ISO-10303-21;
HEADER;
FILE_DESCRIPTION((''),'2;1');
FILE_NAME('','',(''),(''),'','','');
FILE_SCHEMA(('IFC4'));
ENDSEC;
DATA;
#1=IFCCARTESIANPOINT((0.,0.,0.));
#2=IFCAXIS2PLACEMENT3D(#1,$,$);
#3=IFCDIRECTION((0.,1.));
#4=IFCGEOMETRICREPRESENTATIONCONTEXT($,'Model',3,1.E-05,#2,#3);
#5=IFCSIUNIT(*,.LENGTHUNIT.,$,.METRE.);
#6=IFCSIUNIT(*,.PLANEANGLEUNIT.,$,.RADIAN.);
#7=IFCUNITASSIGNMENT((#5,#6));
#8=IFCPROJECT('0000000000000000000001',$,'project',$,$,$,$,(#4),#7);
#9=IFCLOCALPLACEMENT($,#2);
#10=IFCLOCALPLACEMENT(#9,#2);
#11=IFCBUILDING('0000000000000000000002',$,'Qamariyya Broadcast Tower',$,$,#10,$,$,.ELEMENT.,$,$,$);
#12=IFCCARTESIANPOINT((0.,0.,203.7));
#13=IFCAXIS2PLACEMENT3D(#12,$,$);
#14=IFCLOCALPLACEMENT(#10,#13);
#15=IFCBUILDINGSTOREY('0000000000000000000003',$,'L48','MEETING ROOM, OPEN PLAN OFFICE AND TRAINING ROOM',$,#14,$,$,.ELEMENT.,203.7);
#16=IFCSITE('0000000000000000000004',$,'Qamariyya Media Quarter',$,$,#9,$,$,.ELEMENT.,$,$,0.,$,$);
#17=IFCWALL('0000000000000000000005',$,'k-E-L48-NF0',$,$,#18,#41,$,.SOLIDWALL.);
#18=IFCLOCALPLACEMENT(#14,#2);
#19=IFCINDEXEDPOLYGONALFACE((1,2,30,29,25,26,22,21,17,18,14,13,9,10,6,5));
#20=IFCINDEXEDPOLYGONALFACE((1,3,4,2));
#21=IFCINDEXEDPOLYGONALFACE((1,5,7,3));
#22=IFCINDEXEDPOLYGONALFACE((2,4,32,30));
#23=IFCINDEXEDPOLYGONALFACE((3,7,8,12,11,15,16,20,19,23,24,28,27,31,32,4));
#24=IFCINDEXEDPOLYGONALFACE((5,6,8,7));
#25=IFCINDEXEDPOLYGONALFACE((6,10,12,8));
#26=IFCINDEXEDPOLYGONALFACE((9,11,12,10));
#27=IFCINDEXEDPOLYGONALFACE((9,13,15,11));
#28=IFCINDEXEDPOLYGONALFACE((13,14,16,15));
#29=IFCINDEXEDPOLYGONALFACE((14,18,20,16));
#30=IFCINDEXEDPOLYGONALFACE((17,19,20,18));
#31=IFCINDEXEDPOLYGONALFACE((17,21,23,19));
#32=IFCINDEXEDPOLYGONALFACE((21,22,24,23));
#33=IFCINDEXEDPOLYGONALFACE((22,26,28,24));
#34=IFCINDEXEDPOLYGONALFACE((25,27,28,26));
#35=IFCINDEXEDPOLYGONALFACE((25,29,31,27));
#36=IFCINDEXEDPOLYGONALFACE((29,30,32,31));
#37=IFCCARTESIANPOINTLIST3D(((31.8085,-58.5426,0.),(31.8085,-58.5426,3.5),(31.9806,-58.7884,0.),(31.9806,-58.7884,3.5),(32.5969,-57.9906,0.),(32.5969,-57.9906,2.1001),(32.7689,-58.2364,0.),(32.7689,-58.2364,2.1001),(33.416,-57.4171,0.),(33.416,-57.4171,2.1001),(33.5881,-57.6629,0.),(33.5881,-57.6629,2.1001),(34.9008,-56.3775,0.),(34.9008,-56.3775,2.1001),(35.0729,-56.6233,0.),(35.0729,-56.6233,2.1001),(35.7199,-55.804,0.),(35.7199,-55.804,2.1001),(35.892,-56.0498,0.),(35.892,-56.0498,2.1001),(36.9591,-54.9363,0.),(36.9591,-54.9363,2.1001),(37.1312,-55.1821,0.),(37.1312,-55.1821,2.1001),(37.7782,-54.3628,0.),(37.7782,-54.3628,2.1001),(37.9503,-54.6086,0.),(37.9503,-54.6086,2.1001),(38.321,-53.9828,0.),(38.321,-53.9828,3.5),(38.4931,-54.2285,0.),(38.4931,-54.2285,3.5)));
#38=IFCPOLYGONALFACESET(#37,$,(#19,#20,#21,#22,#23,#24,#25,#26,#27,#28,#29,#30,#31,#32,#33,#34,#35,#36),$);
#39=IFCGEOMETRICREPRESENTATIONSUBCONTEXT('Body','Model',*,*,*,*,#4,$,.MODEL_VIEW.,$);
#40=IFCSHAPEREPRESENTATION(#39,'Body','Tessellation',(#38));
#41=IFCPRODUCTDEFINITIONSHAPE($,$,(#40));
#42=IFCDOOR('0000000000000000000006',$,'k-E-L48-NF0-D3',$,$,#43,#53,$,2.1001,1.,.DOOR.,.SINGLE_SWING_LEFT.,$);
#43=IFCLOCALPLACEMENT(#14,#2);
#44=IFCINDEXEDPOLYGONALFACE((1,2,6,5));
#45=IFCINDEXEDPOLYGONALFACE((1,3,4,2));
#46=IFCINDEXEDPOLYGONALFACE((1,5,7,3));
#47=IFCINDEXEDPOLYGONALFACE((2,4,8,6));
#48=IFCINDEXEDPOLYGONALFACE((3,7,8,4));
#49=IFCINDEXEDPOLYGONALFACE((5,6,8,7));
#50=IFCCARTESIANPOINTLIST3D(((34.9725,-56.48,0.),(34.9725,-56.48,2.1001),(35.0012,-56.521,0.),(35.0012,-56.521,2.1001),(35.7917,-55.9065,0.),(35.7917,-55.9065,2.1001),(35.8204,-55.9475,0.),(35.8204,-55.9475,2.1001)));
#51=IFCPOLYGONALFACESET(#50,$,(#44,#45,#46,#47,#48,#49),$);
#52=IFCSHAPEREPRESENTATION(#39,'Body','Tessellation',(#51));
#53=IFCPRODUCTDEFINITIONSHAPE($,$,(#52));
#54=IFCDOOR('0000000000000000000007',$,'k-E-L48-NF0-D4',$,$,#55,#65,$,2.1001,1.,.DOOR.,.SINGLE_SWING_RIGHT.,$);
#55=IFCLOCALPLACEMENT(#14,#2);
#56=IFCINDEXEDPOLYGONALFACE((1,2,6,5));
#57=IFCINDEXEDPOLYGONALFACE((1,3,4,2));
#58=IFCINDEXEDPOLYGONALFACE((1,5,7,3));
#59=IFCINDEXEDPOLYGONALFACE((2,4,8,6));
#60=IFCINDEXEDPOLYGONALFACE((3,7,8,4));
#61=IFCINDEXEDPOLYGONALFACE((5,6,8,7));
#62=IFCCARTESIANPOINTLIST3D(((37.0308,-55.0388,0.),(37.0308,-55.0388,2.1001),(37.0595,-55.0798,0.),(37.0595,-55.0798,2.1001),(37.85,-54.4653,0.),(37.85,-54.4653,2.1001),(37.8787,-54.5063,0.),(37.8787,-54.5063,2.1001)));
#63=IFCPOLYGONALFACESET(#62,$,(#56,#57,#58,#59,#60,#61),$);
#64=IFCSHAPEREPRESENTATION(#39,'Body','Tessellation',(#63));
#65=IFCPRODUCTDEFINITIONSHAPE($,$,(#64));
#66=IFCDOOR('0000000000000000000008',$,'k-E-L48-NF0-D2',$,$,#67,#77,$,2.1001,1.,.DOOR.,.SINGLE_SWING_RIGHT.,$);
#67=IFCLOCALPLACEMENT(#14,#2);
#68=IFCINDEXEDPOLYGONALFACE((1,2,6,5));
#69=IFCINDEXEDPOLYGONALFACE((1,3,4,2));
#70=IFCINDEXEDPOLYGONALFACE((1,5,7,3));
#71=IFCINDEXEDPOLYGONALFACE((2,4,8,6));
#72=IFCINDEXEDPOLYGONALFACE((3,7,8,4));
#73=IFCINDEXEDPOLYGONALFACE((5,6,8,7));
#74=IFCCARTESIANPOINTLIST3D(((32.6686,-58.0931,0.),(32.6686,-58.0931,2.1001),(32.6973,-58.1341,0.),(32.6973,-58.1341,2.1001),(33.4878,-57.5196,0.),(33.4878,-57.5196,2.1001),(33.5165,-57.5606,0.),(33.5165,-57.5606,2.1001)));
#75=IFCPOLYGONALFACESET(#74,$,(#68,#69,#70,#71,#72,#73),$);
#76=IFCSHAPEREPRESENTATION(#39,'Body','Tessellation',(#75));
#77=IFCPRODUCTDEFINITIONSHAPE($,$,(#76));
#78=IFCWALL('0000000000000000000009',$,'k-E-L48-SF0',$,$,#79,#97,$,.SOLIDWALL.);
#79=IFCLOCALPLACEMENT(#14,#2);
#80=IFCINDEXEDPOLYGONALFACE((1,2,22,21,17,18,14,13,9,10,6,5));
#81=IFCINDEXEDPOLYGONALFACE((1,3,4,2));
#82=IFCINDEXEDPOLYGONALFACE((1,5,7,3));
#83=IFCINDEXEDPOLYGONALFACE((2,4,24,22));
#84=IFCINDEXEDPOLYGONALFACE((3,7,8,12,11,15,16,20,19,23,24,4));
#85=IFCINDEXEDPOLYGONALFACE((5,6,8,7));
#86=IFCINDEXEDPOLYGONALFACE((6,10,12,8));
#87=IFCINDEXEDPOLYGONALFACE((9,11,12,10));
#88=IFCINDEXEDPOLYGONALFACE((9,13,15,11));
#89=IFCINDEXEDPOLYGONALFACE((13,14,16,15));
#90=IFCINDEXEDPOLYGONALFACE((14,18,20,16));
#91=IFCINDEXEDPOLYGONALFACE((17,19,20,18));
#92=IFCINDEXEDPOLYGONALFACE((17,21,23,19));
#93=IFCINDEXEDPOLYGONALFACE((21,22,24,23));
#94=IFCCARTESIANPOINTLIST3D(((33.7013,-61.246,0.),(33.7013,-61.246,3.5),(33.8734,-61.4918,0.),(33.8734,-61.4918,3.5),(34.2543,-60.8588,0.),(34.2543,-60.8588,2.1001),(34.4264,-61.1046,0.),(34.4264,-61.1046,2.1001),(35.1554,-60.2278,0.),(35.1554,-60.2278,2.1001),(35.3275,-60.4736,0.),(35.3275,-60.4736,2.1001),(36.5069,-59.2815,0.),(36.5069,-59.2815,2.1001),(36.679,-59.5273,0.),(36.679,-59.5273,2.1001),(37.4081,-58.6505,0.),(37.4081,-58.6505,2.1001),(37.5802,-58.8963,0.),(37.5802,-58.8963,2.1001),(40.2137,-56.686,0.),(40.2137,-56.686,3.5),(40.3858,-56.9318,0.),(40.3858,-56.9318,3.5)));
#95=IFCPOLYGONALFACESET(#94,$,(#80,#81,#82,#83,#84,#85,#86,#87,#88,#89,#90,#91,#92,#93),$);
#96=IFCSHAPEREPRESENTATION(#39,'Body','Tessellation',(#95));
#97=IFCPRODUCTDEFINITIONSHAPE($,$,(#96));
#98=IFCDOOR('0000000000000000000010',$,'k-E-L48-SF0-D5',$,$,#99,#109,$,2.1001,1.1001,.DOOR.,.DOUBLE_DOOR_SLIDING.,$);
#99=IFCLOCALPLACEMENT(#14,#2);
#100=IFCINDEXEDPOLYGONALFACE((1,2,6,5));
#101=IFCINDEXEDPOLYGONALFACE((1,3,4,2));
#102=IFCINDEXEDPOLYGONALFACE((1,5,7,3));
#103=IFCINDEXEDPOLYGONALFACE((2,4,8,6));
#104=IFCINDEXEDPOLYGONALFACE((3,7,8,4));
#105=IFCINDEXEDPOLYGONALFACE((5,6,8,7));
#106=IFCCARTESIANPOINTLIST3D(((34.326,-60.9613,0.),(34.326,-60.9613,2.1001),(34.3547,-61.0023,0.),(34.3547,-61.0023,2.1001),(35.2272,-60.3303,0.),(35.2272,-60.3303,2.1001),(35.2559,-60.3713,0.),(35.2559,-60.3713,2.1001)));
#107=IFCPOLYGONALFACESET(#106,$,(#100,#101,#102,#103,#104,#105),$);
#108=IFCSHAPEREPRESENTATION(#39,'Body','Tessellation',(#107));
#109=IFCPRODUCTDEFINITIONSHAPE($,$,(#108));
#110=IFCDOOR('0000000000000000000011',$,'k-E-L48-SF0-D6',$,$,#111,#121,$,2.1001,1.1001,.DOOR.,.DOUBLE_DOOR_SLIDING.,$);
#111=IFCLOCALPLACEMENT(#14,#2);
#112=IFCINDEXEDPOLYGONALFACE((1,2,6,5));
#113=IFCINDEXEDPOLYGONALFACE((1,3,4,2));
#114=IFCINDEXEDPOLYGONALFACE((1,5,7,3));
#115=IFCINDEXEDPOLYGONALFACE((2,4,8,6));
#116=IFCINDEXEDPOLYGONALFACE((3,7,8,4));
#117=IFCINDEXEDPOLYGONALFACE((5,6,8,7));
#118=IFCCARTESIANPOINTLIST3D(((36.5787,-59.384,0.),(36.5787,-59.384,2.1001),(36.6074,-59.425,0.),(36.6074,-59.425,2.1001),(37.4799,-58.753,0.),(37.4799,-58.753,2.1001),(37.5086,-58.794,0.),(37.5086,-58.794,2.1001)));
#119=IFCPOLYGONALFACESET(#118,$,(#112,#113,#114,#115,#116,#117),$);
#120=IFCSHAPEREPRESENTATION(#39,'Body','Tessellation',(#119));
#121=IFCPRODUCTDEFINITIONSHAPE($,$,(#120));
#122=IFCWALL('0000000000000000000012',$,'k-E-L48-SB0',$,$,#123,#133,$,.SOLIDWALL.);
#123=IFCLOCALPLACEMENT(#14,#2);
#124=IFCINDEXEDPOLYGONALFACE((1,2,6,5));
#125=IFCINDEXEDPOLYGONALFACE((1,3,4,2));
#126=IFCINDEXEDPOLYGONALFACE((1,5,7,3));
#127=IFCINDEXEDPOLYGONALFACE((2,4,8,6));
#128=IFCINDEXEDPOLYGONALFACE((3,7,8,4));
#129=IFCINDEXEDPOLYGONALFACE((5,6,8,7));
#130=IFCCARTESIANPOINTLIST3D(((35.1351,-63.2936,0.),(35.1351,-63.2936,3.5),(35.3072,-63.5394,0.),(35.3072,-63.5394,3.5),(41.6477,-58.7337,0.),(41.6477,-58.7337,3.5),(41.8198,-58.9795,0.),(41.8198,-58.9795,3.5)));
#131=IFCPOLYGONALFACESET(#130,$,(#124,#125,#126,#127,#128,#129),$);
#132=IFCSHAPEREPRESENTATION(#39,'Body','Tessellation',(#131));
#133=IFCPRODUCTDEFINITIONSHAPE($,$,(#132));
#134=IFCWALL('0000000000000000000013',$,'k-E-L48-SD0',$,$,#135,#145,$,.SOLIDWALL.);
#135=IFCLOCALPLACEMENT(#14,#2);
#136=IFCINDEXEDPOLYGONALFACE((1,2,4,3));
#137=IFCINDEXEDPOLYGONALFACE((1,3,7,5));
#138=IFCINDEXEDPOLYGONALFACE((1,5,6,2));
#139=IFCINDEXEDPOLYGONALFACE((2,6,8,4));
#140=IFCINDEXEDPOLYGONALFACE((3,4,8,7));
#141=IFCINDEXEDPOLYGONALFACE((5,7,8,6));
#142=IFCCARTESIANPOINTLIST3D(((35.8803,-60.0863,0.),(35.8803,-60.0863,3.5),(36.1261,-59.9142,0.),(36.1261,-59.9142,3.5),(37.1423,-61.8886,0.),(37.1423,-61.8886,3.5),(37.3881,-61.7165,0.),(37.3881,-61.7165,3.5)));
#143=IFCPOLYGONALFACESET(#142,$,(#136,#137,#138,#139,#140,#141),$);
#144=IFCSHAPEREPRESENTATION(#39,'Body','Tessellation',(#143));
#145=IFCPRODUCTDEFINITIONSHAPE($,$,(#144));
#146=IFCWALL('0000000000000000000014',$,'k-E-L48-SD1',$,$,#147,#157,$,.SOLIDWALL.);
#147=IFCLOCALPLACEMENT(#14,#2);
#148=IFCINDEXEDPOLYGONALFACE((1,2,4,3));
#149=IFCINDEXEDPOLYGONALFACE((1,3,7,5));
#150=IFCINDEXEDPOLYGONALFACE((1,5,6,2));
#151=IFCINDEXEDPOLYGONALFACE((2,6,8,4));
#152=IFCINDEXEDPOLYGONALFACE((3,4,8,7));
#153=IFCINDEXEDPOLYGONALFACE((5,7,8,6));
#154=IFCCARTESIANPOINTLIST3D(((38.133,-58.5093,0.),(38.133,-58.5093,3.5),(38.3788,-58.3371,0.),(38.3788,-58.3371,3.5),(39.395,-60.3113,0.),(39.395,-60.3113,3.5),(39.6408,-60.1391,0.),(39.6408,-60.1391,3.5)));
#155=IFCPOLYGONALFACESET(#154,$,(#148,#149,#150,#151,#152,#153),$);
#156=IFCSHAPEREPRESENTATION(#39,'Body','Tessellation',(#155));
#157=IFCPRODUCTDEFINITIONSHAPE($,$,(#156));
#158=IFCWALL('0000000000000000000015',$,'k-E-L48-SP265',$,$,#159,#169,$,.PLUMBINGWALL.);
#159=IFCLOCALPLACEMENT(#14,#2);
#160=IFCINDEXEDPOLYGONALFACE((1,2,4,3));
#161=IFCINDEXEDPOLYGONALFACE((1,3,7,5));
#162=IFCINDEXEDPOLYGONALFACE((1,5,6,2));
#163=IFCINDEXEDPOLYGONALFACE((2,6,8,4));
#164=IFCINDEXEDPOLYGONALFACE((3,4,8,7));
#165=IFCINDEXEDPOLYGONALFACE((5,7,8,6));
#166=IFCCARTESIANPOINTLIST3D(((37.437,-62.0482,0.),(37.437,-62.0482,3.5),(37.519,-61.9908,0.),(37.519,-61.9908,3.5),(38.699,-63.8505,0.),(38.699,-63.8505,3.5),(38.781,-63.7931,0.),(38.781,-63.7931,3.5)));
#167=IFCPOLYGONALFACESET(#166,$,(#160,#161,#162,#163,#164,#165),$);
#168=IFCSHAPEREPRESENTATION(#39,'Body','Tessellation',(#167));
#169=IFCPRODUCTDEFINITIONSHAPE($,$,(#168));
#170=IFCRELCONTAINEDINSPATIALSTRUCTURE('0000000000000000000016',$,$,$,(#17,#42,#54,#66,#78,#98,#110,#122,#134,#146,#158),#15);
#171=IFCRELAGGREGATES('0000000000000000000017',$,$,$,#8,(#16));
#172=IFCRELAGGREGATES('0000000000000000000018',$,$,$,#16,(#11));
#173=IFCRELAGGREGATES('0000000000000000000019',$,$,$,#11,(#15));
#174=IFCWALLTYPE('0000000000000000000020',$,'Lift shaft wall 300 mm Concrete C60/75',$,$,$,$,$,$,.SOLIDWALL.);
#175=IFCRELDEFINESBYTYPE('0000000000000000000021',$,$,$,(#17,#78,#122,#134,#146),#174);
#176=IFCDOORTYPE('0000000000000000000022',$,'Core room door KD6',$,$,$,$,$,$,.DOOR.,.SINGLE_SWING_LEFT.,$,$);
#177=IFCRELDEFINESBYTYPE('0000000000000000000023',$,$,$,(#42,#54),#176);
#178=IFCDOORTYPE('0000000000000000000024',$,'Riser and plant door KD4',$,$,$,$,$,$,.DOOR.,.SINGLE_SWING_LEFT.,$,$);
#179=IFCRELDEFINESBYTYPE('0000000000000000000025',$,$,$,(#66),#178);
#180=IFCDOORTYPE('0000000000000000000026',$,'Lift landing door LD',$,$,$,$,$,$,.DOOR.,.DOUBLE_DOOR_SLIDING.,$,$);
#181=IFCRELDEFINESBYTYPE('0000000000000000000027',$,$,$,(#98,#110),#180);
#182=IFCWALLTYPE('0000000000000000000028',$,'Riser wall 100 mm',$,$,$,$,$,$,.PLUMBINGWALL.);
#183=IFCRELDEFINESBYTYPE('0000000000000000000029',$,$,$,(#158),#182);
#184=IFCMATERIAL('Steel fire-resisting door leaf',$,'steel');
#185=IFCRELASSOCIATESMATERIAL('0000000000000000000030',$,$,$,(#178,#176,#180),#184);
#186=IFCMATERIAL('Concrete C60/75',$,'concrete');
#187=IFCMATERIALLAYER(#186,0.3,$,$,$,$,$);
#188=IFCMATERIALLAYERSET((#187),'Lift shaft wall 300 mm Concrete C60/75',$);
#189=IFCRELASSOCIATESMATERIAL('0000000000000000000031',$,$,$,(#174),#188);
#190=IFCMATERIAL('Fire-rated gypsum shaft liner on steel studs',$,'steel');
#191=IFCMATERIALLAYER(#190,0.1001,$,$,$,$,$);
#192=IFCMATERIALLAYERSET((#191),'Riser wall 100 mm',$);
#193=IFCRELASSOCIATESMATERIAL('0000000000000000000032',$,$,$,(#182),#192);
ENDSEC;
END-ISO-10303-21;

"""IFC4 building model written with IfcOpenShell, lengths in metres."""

from ifc_helpers import new_model, si_unit, direction, frame, frame_2d, origin, place, context, subcontext, project, spatial, rectangle, extrude, material, layer, layer_set, type_object, element, fill, save


model = new_model("IFC4")

# Units and contexts
model_context = context("Model", 3, precision=1e-05, world=origin(), true_north=direction((0.0, 1.0)))
body_context = subcontext(model_context, "Body", "Model", "MODEL_VIEW")
ifc_project = project(units=[si_unit("LENGTHUNIT", "METRE"), si_unit("PLANEANGLEUNIT", "RADIAN")], contexts=[model_context])

# Site, building, storey
site_placement = place(None, origin())
site = spatial("IfcSite", under=ifc_project, at=site_placement, Name="Qamariyya Media Quarter", CompositionType="ELEMENT", RefElevation=0.0)
building_placement = place(site_placement, origin())
building = spatial("IfcBuilding", under=site, at=building_placement, Name="Qamariyya Broadcast Tower", CompositionType="ELEMENT")
storey_placement = place(building_placement, frame((0.0, 0.0, 203.7)))
storey = spatial("IfcBuildingStorey", under=building, at=storey_placement, Name="L48", Description="MEETING ROOM, OPEN PLAN OFFICE AND TRAINING ROOM", CompositionType="ELEMENT", Elevation=203.7)

# Shared definitions
ifc_material_1 = material(Name="Concrete C60/75", Category="concrete")

# Shared definitions
ifc_material_2 = material(Name="Steel fire-resisting door leaf", Category="steel")

# Shared definitions
door_type_1 = type_object("IfcDoorType", Name="Riser and plant door KD4", OperationType="SINGLE_SWING_LEFT", PredefinedType="DOOR", material=ifc_material_2)

# Walls, openings, doors
ifc_layer_1 = layer(ifc_material_1, 0.3)
ifc_layer_set_1 = layer_set([ifc_layer_1], Name="Lift shaft wall 300 mm Concrete C60/75")
wall_type_1 = type_object("IfcWallType", Name="Lift shaft wall 300 mm Concrete C60/75", PredefinedType="SOLIDWALL", material=ifc_layer_set_1)
wall_1_placement = place(storey_placement, frame((31.8945, -58.6655, 0.0), z_axis=(0.0, 0.0, 1.0), x_axis=(0.819167, 0.573555, 0.0)))
wall_1 = element("IfcWall", 1, at=wall_1_placement, inside=storey, type_object=wall_type_1, Name="k-E-L48-NF0", PredefinedType="SOLIDWALL", context=body_context, shape_type="SweptSolid", body=[
    extrude(rectangle(XDim=7.9502, YDim=0.3, at=frame_2d((3.9751, 0.0))), origin(), (0.0, 0.0, 1.0), 3.5),
])
opening_1_placement = place(wall_1_placement, frame((0.9624, 0.0, 0.0)))
opening_1 = element("IfcOpeningElement", 2, at=opening_1_placement, cuts=wall_1, PredefinedType="OPENING", context=body_context, shape_type="SweptSolid", body=[
    extrude(rectangle(XDim=1.0, YDim=2.1001, at=frame_2d((0.5, 1.05))), frame((0.0, 0.1599, 0.0), z_axis=(0.0, -1.0, 0.0), x_axis=(1.0, 0.0, 0.0)), (0.0, 0.0, 1.0), 0.3201),
])
opening_2_placement = place(wall_1_placement, frame((3.7749, 0.0, 0.0)))
opening_2 = element("IfcOpeningElement", 3, at=opening_2_placement, cuts=wall_1, PredefinedType="OPENING", context=body_context, shape_type="SweptSolid", body=[
    extrude(rectangle(XDim=1.0, YDim=2.1001, at=frame_2d((0.5, 1.05))), frame((0.0, 0.1599, 0.0), z_axis=(0.0, -1.0, 0.0), x_axis=(1.0, 0.0, 0.0)), (0.0, 0.0, 1.0), 0.3201),
])
opening_3_placement = place(wall_1_placement, frame((6.2876, 0.0, 0.0)))
opening_3 = element("IfcOpeningElement", 4, at=opening_3_placement, cuts=wall_1, PredefinedType="OPENING", context=body_context, shape_type="SweptSolid", body=[
    extrude(rectangle(XDim=1.0, YDim=2.1001, at=frame_2d((0.5, 1.05))), frame((0.0, 0.1599, 0.0), z_axis=(0.0, -1.0, 0.0), x_axis=(1.0, 0.0, 0.0)), (0.0, 0.0, 1.0), 0.3201),
])
door_type_2 = type_object("IfcDoorType", Name="Core room door KD6", OperationType="SINGLE_SWING_LEFT", PredefinedType="DOOR", material=ifc_material_2)
door_1_placement = place(opening_2_placement, origin())
door_1 = element("IfcDoor", 5, at=door_1_placement, inside=storey, type_object=door_type_2, Name="k-E-L48-NF0-D3", OperationType="SINGLE_SWING_LEFT", OverallHeight=2.1001, OverallWidth=1.0, PredefinedType="DOOR", context=body_context, shape_type="SweptSolid", body=[
    extrude(rectangle(XDim=1.0, YDim=2.1001, at=frame_2d((0.5, 1.05))), frame((0.0, 0.0249, 0.0), z_axis=(0.0, -1.0, 0.0), x_axis=(1.0, 0.0, 0.0)), (0.0, 0.0, 1.0), 0.05),
])
fill(opening_2, door_1)
door_2_placement = place(opening_3_placement, origin())
door_2 = element("IfcDoor", 6, at=door_2_placement, inside=storey, type_object=door_type_2, Name="k-E-L48-NF0-D4", OperationType="SINGLE_SWING_RIGHT", OverallHeight=2.1001, OverallWidth=1.0, PredefinedType="DOOR", context=body_context, shape_type="SweptSolid", body=[
    extrude(rectangle(XDim=1.0, YDim=2.1001, at=frame_2d((0.5, 1.05))), frame((0.0, 0.0249, 0.0), z_axis=(0.0, -1.0, 0.0), x_axis=(1.0, 0.0, 0.0)), (0.0, 0.0, 1.0), 0.05),
])
fill(opening_3, door_2)
door_3_placement = place(opening_1_placement, origin())
door_3 = element("IfcDoor", 7, at=door_3_placement, inside=storey, type_object=door_type_1, Name="k-E-L48-NF0-D2", OperationType="SINGLE_SWING_RIGHT", OverallHeight=2.1001, OverallWidth=1.0, PredefinedType="DOOR", context=body_context, shape_type="SweptSolid", body=[
    extrude(rectangle(XDim=1.0, YDim=2.1001, at=frame_2d((0.5, 1.05))), frame((0.0, 0.0249, 0.0), z_axis=(0.0, -1.0, 0.0), x_axis=(1.0, 0.0, 0.0)), (0.0, 0.0, 1.0), 0.05),
])
fill(opening_1, door_3)
wall_2_placement = place(storey_placement, frame((33.7874, -61.3689, 0.0), z_axis=(0.0, 0.0, 1.0), x_axis=(0.819153, 0.573576, 0.0)))
wall_2 = element("IfcWall", 8, at=wall_2_placement, inside=storey, type_object=wall_type_1, Name="k-E-L48-SF0", PredefinedType="SOLIDWALL", context=body_context, shape_type="SweptSolid", body=[
    extrude(rectangle(XDim=7.9502, YDim=0.3, at=frame_2d((3.9751, 0.0))), origin(), (0.0, 0.0, 1.0), 3.5),
])
opening_4_placement = place(wall_2_placement, frame((0.675, 0.0, 0.0)))
opening_4 = element("IfcOpeningElement", 9, at=opening_4_placement, cuts=wall_2, PredefinedType="OPENING", context=body_context, shape_type="SweptSolid", body=[
    extrude(rectangle(XDim=1.1001, YDim=2.1001, at=frame_2d((0.55, 1.05))), frame((0.0, 0.1599, 0.0), z_axis=(0.0, -1.0, 0.0), x_axis=(1.0, 0.0, 0.0)), (0.0, 0.0, 1.0), 0.3201),
])
opening_5_placement = place(wall_2_placement, frame((3.425, 0.0, 0.0)))
opening_5 = element("IfcOpeningElement", 10, at=opening_5_placement, cuts=wall_2, PredefinedType="OPENING", context=body_context, shape_type="SweptSolid", body=[
    extrude(rectangle(XDim=1.1001, YDim=2.1001, at=frame_2d((0.55, 1.05))), frame((0.0, 0.1599, 0.0), z_axis=(0.0, -1.0, 0.0), x_axis=(1.0, 0.0, 0.0)), (0.0, 0.0, 1.0), 0.3201),
])
door_type_3 = type_object("IfcDoorType", Name="Lift landing door LD", OperationType="DOUBLE_DOOR_SLIDING", PredefinedType="DOOR", material=ifc_material_2)
door_4_placement = place(opening_4_placement, origin())
door_4 = element("IfcDoor", 11, at=door_4_placement, inside=storey, type_object=door_type_3, Name="k-E-L48-SF0-D5", OperationType="DOUBLE_DOOR_SLIDING", OverallHeight=2.1001, OverallWidth=1.1001, PredefinedType="DOOR", context=body_context, shape_type="SweptSolid", body=[
    extrude(rectangle(XDim=1.1001, YDim=2.1001, at=frame_2d((0.55, 1.05))), frame((0.0, 0.0249, 0.0), z_axis=(0.0, -1.0, 0.0), x_axis=(1.0, 0.0, 0.0)), (0.0, 0.0, 1.0), 0.05),
])
fill(opening_4, door_4)
door_5_placement = place(opening_5_placement, origin())
door_5 = element("IfcDoor", 12, at=door_5_placement, inside=storey, type_object=door_type_3, Name="k-E-L48-SF0-D6", OperationType="DOUBLE_DOOR_SLIDING", OverallHeight=2.1001, OverallWidth=1.1001, PredefinedType="DOOR", context=body_context, shape_type="SweptSolid", body=[
    extrude(rectangle(XDim=1.1001, YDim=2.1001, at=frame_2d((0.55, 1.05))), frame((0.0, 0.0249, 0.0), z_axis=(0.0, -1.0, 0.0), x_axis=(1.0, 0.0, 0.0)), (0.0, 0.0, 1.0), 0.05),
])
fill(opening_5, door_5)

# Walls
wall_3_placement = place(storey_placement, frame((35.2212, -63.4165, 0.0), z_axis=(0.0, 0.0, 1.0), x_axis=(0.819167, 0.573555, 0.0)))
element("IfcWall", 13, at=wall_3_placement, inside=storey, type_object=wall_type_1, Name="k-E-L48-SB0", PredefinedType="SOLIDWALL", context=body_context, shape_type="SweptSolid", body=[
    extrude(rectangle(XDim=7.9502, YDim=0.3, at=frame_2d((3.9751, 0.0))), origin(), (0.0, 0.0, 1.0), 3.5),
])
wall_4_placement = place(storey_placement, frame((36.0032, -60.0002, 0.0), z_axis=(0.0, 0.0, 1.0), x_axis=(0.573581, -0.819149, 0.0)))
element("IfcWall", 14, at=wall_4_placement, inside=storey, type_object=wall_type_1, Name="k-E-L48-SD0", PredefinedType="SOLIDWALL", context=body_context, shape_type="SweptSolid", body=[
    extrude(rectangle(XDim=2.2002, YDim=0.3, at=frame_2d((1.1001, 0.0))), origin(), (0.0, 0.0, 1.0), 3.5),
])
wall_5_placement = place(storey_placement, frame((38.2559, -58.4231, 0.0), z_axis=(0.0, 0.0, 1.0), x_axis=(0.573634, -0.819112, 0.0)))
element("IfcWall", 15, at=wall_5_placement, inside=storey, type_object=wall_type_1, Name="k-E-L48-SD1", PredefinedType="SOLIDWALL", context=body_context, shape_type="SweptSolid", body=[
    extrude(rectangle(XDim=2.2, YDim=0.3, at=frame_2d((1.1001, 0.0))), origin(), (0.0, 0.0, 1.0), 3.5),
])
ifc_material_3 = material(Name="Fire-rated gypsum shaft liner on steel studs", Category="steel")
ifc_layer_2 = layer(ifc_material_3, 0.1001)
ifc_layer_set_2 = layer_set([ifc_layer_2], Name="Riser wall 100 mm")
wall_type_2 = type_object("IfcWallType", Name="Riser wall 100 mm", PredefinedType="PLUMBINGWALL", material=ifc_layer_set_2)
wall_6_placement = place(storey_placement, frame((37.478, -62.0195, 0.0), z_axis=(0.0, 0.0, 1.0), x_axis=(0.573581, -0.819149, 0.0)))
element("IfcWall", 16, at=wall_6_placement, inside=storey, type_object=wall_type_2, Name="k-E-L48-SP265", PredefinedType="PLUMBINGWALL", context=body_context, shape_type="SweptSolid", body=[
    extrude(rectangle(XDim=2.2002, YDim=0.1001, at=frame_2d((1.1001, 0.0))), origin(), (0.0, 0.0, 1.0), 3.5),
])

save(model, "model.ifc")
